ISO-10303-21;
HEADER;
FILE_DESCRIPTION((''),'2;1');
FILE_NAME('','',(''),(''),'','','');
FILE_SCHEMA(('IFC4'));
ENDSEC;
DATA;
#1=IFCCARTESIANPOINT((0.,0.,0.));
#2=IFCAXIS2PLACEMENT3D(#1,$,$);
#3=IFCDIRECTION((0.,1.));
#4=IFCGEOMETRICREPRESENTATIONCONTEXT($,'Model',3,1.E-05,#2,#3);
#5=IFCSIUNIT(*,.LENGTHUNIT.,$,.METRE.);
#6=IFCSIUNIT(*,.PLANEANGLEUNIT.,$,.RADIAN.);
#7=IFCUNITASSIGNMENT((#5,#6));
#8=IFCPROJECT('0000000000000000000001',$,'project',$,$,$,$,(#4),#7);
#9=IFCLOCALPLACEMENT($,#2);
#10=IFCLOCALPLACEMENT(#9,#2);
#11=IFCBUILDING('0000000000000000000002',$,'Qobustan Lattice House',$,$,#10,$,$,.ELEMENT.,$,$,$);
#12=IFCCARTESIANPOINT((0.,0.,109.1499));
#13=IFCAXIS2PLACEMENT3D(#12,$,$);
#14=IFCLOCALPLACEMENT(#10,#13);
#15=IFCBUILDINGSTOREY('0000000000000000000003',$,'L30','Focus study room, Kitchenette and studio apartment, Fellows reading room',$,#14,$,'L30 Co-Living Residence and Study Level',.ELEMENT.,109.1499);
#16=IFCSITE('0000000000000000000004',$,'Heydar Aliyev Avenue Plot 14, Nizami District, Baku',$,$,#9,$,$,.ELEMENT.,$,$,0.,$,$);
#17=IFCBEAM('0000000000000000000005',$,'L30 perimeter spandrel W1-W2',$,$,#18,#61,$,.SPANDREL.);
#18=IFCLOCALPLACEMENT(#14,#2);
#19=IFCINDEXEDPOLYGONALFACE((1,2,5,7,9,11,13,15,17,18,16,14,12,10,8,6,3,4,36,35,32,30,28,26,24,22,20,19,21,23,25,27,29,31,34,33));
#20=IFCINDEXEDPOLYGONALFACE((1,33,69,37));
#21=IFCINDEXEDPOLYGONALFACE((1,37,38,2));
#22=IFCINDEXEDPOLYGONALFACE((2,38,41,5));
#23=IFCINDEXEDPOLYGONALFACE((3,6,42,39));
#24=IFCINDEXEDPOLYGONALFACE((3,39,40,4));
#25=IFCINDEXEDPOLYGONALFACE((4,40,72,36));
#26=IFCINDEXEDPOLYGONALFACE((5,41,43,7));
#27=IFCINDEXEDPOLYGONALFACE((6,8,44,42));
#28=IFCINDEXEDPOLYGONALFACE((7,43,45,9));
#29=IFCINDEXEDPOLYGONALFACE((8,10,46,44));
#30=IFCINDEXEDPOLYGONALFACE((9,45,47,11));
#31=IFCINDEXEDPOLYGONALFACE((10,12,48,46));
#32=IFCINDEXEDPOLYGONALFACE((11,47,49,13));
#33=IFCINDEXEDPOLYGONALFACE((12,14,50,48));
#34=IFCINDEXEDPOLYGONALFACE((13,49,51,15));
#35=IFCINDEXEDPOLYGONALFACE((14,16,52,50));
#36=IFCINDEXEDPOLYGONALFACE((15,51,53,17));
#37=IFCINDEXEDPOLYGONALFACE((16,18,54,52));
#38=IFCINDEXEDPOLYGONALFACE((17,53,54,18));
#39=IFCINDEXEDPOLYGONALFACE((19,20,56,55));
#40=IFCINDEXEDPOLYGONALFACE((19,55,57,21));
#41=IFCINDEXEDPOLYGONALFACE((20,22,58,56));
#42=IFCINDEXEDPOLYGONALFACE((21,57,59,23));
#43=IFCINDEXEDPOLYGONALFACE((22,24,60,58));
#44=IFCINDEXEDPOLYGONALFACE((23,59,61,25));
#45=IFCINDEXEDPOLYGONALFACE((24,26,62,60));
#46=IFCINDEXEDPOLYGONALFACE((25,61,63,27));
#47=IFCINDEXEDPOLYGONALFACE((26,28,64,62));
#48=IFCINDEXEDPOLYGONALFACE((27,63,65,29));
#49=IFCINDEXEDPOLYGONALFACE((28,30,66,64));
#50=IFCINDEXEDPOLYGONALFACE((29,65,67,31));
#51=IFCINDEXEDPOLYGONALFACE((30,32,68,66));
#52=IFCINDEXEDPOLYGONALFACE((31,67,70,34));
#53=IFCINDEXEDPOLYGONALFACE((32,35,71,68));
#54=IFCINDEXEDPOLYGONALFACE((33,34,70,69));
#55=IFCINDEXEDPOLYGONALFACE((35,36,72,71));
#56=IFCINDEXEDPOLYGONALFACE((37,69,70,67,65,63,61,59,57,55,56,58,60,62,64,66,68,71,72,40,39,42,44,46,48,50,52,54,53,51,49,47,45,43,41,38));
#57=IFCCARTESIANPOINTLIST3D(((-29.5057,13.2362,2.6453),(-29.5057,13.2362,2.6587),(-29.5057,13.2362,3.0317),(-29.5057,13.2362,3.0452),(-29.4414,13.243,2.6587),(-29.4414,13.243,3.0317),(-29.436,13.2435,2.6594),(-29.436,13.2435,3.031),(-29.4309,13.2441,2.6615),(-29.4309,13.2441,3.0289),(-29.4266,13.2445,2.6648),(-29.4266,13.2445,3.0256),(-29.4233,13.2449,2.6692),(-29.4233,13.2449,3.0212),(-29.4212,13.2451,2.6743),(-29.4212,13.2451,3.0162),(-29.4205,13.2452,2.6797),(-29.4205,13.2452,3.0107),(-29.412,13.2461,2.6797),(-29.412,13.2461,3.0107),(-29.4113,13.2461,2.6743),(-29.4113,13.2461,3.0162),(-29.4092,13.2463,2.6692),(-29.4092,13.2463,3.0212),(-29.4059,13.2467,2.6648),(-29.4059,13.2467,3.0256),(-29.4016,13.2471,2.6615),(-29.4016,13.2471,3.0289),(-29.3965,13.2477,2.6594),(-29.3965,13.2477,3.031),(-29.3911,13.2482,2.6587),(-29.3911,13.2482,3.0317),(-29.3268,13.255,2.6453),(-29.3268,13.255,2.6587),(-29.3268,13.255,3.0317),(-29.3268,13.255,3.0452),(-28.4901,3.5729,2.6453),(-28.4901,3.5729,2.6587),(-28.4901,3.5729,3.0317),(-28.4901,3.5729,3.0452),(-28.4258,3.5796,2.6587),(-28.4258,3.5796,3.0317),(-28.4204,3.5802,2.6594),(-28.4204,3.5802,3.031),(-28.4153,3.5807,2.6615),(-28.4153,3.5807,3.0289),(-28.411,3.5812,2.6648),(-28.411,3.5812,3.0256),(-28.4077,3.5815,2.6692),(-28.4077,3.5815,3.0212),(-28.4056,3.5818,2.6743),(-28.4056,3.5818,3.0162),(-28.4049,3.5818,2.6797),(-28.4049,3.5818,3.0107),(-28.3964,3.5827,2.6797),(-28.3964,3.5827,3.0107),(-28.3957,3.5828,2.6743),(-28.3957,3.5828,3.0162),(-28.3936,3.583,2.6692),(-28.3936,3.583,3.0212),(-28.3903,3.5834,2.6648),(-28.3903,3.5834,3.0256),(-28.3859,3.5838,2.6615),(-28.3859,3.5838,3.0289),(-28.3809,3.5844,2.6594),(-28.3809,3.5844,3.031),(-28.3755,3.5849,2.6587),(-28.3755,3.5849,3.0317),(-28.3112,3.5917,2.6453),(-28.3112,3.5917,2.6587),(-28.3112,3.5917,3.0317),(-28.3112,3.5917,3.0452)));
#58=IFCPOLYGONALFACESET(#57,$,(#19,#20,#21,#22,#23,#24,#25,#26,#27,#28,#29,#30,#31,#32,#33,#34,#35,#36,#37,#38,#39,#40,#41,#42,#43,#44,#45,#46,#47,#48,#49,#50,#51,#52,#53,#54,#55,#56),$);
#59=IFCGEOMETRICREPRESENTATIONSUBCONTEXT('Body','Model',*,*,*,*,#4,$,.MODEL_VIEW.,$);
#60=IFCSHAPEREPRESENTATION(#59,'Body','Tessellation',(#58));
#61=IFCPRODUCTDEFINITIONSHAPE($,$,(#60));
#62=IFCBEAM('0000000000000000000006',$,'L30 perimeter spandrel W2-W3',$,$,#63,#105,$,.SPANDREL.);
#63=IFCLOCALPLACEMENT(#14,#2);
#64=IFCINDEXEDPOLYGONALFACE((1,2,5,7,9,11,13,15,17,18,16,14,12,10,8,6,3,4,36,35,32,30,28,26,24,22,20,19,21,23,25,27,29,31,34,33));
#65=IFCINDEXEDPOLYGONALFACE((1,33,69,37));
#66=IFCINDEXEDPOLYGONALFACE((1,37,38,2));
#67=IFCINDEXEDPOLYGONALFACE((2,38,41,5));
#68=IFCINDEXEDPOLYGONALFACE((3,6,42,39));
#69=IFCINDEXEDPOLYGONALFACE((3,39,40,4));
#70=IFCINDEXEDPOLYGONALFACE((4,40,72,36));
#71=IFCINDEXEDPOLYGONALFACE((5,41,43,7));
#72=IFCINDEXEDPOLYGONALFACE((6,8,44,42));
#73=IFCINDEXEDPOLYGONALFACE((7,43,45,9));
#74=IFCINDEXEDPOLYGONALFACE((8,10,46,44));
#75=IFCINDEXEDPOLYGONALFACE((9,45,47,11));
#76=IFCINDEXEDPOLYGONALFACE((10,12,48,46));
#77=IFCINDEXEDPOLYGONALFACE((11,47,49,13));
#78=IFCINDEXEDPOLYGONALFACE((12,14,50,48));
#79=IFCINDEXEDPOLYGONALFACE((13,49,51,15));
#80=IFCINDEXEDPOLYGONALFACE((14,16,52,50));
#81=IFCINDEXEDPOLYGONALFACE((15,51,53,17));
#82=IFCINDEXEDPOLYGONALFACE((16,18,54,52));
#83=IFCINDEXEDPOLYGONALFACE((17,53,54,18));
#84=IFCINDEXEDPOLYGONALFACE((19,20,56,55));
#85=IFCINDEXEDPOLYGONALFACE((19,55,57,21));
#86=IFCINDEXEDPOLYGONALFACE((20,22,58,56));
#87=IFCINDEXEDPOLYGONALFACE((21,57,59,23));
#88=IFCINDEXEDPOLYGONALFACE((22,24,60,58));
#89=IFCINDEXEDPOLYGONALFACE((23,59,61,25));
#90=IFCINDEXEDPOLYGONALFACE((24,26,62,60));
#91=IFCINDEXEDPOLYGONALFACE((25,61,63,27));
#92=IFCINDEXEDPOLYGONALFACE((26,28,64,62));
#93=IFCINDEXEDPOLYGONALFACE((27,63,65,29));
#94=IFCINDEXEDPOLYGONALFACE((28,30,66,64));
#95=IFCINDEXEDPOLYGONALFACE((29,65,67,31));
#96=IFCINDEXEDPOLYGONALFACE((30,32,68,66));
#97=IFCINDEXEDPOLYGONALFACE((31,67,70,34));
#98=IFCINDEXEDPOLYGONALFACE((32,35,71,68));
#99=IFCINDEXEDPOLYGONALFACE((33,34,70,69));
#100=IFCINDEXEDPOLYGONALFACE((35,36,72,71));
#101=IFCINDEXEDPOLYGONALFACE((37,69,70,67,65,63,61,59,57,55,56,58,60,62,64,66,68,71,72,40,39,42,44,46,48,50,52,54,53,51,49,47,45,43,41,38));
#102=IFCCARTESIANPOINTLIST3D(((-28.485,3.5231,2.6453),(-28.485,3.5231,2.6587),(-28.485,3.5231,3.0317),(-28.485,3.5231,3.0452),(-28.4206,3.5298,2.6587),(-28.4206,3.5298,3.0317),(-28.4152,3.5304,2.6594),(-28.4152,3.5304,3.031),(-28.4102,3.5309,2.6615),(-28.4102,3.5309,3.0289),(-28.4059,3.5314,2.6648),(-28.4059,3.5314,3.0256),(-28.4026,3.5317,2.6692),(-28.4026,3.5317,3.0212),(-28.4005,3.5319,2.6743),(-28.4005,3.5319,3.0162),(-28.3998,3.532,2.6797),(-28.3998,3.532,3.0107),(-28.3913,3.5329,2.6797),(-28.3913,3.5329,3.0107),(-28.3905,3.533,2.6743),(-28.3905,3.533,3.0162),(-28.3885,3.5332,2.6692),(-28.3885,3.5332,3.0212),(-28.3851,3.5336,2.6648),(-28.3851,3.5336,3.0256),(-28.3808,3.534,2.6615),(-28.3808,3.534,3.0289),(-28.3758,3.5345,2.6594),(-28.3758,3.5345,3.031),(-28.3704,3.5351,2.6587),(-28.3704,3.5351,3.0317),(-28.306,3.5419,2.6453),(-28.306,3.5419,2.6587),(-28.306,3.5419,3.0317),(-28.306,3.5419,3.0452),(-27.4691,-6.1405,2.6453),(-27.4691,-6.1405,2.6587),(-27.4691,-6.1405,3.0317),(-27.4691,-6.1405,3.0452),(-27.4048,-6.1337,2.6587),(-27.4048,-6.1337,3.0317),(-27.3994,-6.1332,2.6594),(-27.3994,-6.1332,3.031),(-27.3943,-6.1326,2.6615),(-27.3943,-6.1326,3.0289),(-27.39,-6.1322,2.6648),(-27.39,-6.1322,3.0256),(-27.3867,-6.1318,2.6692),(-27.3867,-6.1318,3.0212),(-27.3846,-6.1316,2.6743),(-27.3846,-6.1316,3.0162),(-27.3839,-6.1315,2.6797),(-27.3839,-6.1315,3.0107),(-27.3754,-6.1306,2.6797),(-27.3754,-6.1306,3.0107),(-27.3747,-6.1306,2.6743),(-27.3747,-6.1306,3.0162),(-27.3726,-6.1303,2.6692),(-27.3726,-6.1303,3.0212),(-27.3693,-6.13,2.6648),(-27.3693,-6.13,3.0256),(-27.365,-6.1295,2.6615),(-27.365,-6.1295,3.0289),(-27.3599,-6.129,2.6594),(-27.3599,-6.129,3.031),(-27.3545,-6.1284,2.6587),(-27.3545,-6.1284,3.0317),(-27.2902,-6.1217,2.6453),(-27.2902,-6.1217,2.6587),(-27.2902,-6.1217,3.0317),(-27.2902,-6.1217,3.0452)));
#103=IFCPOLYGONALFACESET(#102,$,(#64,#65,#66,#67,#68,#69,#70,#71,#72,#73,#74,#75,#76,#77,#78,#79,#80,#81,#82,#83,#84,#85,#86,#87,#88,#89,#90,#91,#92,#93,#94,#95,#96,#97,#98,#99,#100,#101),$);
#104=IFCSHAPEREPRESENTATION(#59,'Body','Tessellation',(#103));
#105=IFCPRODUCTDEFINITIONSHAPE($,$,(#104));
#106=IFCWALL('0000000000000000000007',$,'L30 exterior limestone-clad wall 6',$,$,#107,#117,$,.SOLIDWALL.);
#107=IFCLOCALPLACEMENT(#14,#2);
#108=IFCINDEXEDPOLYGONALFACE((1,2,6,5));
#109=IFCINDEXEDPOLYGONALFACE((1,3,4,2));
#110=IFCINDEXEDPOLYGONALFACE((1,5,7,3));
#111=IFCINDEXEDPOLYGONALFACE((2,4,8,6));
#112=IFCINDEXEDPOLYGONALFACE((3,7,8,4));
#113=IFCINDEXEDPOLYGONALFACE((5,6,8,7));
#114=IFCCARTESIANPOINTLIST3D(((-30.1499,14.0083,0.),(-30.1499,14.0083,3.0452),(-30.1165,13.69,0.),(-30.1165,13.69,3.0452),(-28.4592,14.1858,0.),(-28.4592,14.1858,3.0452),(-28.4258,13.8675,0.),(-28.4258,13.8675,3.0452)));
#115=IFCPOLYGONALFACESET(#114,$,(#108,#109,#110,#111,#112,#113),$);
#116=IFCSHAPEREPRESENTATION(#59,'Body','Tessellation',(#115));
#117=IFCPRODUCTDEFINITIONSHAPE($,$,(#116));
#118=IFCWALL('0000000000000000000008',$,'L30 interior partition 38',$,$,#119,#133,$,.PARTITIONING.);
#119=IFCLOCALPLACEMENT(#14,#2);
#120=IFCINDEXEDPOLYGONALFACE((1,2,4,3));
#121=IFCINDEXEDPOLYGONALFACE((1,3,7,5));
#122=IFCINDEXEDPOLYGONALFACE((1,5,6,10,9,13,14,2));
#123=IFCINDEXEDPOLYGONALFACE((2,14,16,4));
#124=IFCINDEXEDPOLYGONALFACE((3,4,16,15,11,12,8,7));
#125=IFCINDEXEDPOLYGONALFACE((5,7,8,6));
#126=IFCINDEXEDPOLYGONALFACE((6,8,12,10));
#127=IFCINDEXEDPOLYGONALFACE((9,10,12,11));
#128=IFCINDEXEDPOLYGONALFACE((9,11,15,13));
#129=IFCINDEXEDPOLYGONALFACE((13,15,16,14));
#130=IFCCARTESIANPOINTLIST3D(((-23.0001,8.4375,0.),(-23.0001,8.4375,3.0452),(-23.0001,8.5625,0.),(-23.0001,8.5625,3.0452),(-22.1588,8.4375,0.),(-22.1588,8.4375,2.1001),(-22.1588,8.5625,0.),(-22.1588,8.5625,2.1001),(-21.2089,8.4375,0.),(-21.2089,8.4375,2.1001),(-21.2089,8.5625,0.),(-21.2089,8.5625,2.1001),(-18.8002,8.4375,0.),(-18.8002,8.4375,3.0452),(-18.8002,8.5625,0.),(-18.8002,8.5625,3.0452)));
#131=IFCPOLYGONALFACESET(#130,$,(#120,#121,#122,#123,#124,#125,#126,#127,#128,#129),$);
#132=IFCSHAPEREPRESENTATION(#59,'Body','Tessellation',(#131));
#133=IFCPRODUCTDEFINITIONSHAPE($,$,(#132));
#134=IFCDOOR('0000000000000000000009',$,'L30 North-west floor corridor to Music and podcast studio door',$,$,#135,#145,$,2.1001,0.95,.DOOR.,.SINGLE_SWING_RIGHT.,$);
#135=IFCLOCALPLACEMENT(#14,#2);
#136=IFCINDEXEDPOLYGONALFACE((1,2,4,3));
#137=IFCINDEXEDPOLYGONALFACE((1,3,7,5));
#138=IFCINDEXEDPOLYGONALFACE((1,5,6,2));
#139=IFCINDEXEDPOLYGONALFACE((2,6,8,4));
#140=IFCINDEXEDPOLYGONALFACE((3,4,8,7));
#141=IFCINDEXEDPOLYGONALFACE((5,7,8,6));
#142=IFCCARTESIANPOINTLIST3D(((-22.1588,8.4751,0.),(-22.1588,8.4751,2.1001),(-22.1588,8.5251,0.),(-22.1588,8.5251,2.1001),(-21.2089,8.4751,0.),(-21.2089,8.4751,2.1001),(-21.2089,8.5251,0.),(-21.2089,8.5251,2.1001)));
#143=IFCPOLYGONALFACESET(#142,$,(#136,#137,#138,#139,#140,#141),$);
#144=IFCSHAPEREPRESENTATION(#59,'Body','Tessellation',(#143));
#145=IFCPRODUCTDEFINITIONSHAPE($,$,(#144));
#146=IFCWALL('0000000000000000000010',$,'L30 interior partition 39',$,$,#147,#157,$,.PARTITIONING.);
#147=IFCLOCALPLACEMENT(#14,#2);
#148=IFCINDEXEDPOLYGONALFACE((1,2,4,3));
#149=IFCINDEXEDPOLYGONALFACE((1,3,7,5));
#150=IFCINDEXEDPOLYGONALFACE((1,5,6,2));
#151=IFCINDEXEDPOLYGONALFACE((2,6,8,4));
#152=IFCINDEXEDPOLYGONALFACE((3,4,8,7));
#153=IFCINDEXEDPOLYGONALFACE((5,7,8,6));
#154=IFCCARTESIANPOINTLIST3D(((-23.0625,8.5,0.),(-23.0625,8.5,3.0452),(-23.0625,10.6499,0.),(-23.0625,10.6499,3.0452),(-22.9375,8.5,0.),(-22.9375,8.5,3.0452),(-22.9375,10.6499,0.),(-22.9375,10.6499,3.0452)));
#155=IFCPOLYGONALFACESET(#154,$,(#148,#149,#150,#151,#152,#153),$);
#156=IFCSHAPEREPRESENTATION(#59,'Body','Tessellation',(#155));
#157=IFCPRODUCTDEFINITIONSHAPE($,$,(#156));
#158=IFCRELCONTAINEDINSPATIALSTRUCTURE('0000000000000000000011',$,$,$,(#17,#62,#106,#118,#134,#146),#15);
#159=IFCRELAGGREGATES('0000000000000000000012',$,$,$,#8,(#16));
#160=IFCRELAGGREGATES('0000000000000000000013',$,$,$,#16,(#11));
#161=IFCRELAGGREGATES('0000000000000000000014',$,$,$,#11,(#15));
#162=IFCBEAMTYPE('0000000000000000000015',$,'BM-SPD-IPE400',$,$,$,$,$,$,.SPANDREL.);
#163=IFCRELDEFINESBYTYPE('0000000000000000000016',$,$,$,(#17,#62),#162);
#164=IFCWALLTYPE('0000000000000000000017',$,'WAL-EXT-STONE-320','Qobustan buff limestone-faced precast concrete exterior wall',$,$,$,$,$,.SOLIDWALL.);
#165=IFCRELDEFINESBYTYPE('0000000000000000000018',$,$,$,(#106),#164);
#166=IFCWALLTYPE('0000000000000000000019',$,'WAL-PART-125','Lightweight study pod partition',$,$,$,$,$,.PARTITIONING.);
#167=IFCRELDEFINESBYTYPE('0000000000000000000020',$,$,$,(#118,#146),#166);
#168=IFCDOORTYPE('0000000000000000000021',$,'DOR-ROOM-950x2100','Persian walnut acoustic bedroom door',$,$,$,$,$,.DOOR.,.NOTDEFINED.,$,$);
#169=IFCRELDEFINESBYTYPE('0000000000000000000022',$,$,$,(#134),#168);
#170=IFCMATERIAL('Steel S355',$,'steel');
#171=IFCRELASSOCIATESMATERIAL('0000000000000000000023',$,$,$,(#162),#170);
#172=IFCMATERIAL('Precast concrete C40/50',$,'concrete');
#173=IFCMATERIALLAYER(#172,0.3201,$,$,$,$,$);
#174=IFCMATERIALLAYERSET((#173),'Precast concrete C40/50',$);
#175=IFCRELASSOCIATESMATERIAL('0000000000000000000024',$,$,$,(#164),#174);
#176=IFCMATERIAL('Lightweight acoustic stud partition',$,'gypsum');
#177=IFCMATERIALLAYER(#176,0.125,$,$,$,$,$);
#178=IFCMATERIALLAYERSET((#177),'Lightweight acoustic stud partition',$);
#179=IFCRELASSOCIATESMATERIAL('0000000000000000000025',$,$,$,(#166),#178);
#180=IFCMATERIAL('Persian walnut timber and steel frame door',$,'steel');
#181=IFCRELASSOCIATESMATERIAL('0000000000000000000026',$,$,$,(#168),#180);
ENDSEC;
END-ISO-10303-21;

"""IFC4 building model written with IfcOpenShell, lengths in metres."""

from ifc_helpers import new_model, si_unit, direction, frame, frame_2d, origin, origin_2d, place, context, subcontext, project, spatial, rectangle, i_section, extrude, material, layer, layer_set, material_profile, profile_set, type_object, element, fill, save


model = new_model("IFC4")

# Units and contexts
model_context = context("Model", 3, precision=1e-05, world=origin(), true_north=direction((0.0, 1.0)))
body_context = subcontext(model_context, "Body", "Model", "MODEL_VIEW")
ifc_project = project(units=[si_unit("LENGTHUNIT", "METRE"), si_unit("PLANEANGLEUNIT", "RADIAN")], contexts=[model_context])

# Site, building, storey
site_placement = place(None, origin())
site = spatial("IfcSite", under=ifc_project, at=site_placement, Name="Heydar Aliyev Avenue Plot 14, Nizami District, Baku", CompositionType="ELEMENT", RefElevation=0.0)
building_placement = place(site_placement, origin())
building = spatial("IfcBuilding", under=site, at=building_placement, Name="Qobustan Lattice House", CompositionType="ELEMENT")
storey_placement = place(building_placement, frame((0.0, 0.0, 109.1499)))
storey = spatial("IfcBuildingStorey", under=building, at=storey_placement, Name="L30", Description="Focus study room, Kitchenette and studio apartment, Fellows reading room", LongName="L30 Co-Living Residence and Study Level", CompositionType="ELEMENT", Elevation=109.1499)

# Beams
ifc_material_1 = material(Name="Steel S355", Category="steel")
ifc_material_profile_1 = material_profile(ifc_material_1, i_section(OverallWidth=0.1799, OverallDepth=0.3999, WebThickness=0.0085, FlangeThickness=0.0134, FilletRadius=0.021, at=origin_2d()), Name="IPE400")
ifc_profile_set_1 = profile_set([ifc_material_profile_1], Name="Steel S355")
beam_type_1 = type_object("IfcBeamType", Name="BM-SPD-IPE400", PredefinedType="SPANDREL", material=ifc_profile_set_1)
beam_1_placement = place(storey_placement, frame((-29.4163, 13.2456, 2.8452), z_axis=(0.104525, -0.994522, 0.0), x_axis=(0.994522, 0.104525, 0.0)))
element("IfcBeam", 1, at=beam_1_placement, inside=storey, type_object=beam_type_1, Name="L30 perimeter spandrel W1-W2", PredefinedType="SPANDREL", context=body_context, shape_type="SweptSolid", body=[
    extrude(i_section(OverallWidth=0.1799, OverallDepth=0.3999, WebThickness=0.0085, FlangeThickness=0.0134, FilletRadius=0.021, at=origin_2d()), origin(), (0.0, 0.0, 1.0), 9.7166),
])
beam_2_placement = place(storey_placement, frame((-28.3955, 3.5325, 2.8452), z_axis=(0.104547, -0.99452, 0.0), x_axis=(0.99452, 0.104547, 0.0)))
element("IfcBeam", 2, at=beam_2_placement, inside=storey, type_object=beam_type_1, Name="L30 perimeter spandrel W2-W3", PredefinedType="SPANDREL", context=body_context, shape_type="SweptSolid", body=[
    extrude(i_section(OverallWidth=0.1799, OverallDepth=0.3999, WebThickness=0.0085, FlangeThickness=0.0134, FilletRadius=0.021, at=origin_2d()), origin(), (0.0, 0.0, 1.0), 9.7168),
])

# Wall
ifc_material_2 = material(Name="Precast concrete C40/50", Category="concrete")
ifc_layer_1 = layer(ifc_material_2, 0.3201)
ifc_layer_set_1 = layer_set([ifc_layer_1], Name="Precast concrete C40/50")
wall_type_1 = type_object("IfcWallType", Name="WAL-EXT-STONE-320", Description="Qobustan buff limestone-faced precast concrete exterior wall", PredefinedType="SOLIDWALL", material=ifc_layer_set_1)
wall_1_placement = place(storey_placement, frame((-30.1333, 13.8491, 0.0), z_axis=(0.0, 0.0, 1.0), x_axis=(0.994535, 0.104408, 0.0)))
element("IfcWall", 3, at=wall_1_placement, inside=storey, type_object=wall_type_1, Name="L30 exterior limestone-clad wall 6", PredefinedType="SOLIDWALL", context=body_context, shape_type="SweptSolid", body=[
    extrude(rectangle(XDim=1.7, YDim=0.3201, at=frame_2d((0.8501, 0.0))), origin(), (0.0, 0.0, 1.0), 3.0452),
])

# Wall, opening, door
ifc_material_3 = material(Name="Lightweight acoustic stud partition", Category="gypsum")
ifc_layer_2 = layer(ifc_material_3, 0.125)
ifc_layer_set_2 = layer_set([ifc_layer_2], Name="Lightweight acoustic stud partition")
wall_type_2 = type_object("IfcWallType", Name="WAL-PART-125", Description="Lightweight study pod partition", PredefinedType="PARTITIONING", material=ifc_layer_set_2)
wall_2_placement = place(storey_placement, frame((-18.8, 8.5, 0.0), z_axis=(0.0, 0.0, 1.0), x_axis=(-1.0, 0.0, 0.0)))
wall_2 = element("IfcWall", 4, at=wall_2_placement, inside=storey, type_object=wall_type_2, Name="L30 interior partition 38", PredefinedType="PARTITIONING", context=body_context, shape_type="SweptSolid", body=[
    extrude(rectangle(XDim=4.2, YDim=0.125, at=frame_2d((2.1001, 0.0))), origin(), (0.0, 0.0, 1.0), 3.0452),
])
opening_1_placement = place(wall_2_placement, frame((2.4087, 0.0, 0.0)))
opening_1 = element("IfcOpeningElement", 5, at=opening_1_placement, cuts=wall_2, PredefinedType="OPENING", context=body_context, shape_type="SweptSolid", body=[
    extrude(rectangle(XDim=0.95, YDim=2.1001, at=frame_2d((0.4751, 1.05))), frame((0.0, 0.0725, 0.0), z_axis=(0.0, -1.0, 0.0), x_axis=(1.0, 0.0, 0.0)), (0.0, 0.0, 1.0), 0.145),
])
ifc_material_4 = material(Name="Persian walnut timber and steel frame door", Category="steel")
door_type_1 = type_object("IfcDoorType", Name="DOR-ROOM-950x2100", Description="Persian walnut acoustic bedroom door", OperationType="NOTDEFINED", PredefinedType="DOOR", material=ifc_material_4)
door_1_placement = place(opening_1_placement, origin())
door_1 = element("IfcDoor", 6, at=door_1_placement, inside=storey, type_object=door_type_1, Name="L30 North-west floor corridor to Music and podcast studio door", OperationType="SINGLE_SWING_RIGHT", OverallHeight=2.1001, OverallWidth=0.95, PredefinedType="DOOR", context=body_context, shape_type="SweptSolid", body=[
    extrude(rectangle(XDim=0.95, YDim=2.1001, at=frame_2d((0.4751, 1.05))), frame((0.0, 0.0249, 0.0), z_axis=(0.0, -1.0, 0.0), x_axis=(1.0, 0.0, 0.0)), (0.0, 0.0, 1.0), 0.05),
])
fill(opening_1, door_1)

# Wall
wall_3_placement = place(storey_placement, frame((-23.0, 8.5, 0.0), z_axis=(0.0, 0.0, 1.0), x_axis=(0.0, 1.0, 0.0)))
element("IfcWall", 7, at=wall_3_placement, inside=storey, type_object=wall_type_2, Name="L30 interior partition 39", PredefinedType="PARTITIONING", context=body_context, shape_type="SweptSolid", body=[
    extrude(rectangle(XDim=2.1499, YDim=0.125, at=frame_2d((1.075, 0.0))), origin(), (0.0, 0.0, 1.0), 3.0452),
])

save(model, "model.ifc")
